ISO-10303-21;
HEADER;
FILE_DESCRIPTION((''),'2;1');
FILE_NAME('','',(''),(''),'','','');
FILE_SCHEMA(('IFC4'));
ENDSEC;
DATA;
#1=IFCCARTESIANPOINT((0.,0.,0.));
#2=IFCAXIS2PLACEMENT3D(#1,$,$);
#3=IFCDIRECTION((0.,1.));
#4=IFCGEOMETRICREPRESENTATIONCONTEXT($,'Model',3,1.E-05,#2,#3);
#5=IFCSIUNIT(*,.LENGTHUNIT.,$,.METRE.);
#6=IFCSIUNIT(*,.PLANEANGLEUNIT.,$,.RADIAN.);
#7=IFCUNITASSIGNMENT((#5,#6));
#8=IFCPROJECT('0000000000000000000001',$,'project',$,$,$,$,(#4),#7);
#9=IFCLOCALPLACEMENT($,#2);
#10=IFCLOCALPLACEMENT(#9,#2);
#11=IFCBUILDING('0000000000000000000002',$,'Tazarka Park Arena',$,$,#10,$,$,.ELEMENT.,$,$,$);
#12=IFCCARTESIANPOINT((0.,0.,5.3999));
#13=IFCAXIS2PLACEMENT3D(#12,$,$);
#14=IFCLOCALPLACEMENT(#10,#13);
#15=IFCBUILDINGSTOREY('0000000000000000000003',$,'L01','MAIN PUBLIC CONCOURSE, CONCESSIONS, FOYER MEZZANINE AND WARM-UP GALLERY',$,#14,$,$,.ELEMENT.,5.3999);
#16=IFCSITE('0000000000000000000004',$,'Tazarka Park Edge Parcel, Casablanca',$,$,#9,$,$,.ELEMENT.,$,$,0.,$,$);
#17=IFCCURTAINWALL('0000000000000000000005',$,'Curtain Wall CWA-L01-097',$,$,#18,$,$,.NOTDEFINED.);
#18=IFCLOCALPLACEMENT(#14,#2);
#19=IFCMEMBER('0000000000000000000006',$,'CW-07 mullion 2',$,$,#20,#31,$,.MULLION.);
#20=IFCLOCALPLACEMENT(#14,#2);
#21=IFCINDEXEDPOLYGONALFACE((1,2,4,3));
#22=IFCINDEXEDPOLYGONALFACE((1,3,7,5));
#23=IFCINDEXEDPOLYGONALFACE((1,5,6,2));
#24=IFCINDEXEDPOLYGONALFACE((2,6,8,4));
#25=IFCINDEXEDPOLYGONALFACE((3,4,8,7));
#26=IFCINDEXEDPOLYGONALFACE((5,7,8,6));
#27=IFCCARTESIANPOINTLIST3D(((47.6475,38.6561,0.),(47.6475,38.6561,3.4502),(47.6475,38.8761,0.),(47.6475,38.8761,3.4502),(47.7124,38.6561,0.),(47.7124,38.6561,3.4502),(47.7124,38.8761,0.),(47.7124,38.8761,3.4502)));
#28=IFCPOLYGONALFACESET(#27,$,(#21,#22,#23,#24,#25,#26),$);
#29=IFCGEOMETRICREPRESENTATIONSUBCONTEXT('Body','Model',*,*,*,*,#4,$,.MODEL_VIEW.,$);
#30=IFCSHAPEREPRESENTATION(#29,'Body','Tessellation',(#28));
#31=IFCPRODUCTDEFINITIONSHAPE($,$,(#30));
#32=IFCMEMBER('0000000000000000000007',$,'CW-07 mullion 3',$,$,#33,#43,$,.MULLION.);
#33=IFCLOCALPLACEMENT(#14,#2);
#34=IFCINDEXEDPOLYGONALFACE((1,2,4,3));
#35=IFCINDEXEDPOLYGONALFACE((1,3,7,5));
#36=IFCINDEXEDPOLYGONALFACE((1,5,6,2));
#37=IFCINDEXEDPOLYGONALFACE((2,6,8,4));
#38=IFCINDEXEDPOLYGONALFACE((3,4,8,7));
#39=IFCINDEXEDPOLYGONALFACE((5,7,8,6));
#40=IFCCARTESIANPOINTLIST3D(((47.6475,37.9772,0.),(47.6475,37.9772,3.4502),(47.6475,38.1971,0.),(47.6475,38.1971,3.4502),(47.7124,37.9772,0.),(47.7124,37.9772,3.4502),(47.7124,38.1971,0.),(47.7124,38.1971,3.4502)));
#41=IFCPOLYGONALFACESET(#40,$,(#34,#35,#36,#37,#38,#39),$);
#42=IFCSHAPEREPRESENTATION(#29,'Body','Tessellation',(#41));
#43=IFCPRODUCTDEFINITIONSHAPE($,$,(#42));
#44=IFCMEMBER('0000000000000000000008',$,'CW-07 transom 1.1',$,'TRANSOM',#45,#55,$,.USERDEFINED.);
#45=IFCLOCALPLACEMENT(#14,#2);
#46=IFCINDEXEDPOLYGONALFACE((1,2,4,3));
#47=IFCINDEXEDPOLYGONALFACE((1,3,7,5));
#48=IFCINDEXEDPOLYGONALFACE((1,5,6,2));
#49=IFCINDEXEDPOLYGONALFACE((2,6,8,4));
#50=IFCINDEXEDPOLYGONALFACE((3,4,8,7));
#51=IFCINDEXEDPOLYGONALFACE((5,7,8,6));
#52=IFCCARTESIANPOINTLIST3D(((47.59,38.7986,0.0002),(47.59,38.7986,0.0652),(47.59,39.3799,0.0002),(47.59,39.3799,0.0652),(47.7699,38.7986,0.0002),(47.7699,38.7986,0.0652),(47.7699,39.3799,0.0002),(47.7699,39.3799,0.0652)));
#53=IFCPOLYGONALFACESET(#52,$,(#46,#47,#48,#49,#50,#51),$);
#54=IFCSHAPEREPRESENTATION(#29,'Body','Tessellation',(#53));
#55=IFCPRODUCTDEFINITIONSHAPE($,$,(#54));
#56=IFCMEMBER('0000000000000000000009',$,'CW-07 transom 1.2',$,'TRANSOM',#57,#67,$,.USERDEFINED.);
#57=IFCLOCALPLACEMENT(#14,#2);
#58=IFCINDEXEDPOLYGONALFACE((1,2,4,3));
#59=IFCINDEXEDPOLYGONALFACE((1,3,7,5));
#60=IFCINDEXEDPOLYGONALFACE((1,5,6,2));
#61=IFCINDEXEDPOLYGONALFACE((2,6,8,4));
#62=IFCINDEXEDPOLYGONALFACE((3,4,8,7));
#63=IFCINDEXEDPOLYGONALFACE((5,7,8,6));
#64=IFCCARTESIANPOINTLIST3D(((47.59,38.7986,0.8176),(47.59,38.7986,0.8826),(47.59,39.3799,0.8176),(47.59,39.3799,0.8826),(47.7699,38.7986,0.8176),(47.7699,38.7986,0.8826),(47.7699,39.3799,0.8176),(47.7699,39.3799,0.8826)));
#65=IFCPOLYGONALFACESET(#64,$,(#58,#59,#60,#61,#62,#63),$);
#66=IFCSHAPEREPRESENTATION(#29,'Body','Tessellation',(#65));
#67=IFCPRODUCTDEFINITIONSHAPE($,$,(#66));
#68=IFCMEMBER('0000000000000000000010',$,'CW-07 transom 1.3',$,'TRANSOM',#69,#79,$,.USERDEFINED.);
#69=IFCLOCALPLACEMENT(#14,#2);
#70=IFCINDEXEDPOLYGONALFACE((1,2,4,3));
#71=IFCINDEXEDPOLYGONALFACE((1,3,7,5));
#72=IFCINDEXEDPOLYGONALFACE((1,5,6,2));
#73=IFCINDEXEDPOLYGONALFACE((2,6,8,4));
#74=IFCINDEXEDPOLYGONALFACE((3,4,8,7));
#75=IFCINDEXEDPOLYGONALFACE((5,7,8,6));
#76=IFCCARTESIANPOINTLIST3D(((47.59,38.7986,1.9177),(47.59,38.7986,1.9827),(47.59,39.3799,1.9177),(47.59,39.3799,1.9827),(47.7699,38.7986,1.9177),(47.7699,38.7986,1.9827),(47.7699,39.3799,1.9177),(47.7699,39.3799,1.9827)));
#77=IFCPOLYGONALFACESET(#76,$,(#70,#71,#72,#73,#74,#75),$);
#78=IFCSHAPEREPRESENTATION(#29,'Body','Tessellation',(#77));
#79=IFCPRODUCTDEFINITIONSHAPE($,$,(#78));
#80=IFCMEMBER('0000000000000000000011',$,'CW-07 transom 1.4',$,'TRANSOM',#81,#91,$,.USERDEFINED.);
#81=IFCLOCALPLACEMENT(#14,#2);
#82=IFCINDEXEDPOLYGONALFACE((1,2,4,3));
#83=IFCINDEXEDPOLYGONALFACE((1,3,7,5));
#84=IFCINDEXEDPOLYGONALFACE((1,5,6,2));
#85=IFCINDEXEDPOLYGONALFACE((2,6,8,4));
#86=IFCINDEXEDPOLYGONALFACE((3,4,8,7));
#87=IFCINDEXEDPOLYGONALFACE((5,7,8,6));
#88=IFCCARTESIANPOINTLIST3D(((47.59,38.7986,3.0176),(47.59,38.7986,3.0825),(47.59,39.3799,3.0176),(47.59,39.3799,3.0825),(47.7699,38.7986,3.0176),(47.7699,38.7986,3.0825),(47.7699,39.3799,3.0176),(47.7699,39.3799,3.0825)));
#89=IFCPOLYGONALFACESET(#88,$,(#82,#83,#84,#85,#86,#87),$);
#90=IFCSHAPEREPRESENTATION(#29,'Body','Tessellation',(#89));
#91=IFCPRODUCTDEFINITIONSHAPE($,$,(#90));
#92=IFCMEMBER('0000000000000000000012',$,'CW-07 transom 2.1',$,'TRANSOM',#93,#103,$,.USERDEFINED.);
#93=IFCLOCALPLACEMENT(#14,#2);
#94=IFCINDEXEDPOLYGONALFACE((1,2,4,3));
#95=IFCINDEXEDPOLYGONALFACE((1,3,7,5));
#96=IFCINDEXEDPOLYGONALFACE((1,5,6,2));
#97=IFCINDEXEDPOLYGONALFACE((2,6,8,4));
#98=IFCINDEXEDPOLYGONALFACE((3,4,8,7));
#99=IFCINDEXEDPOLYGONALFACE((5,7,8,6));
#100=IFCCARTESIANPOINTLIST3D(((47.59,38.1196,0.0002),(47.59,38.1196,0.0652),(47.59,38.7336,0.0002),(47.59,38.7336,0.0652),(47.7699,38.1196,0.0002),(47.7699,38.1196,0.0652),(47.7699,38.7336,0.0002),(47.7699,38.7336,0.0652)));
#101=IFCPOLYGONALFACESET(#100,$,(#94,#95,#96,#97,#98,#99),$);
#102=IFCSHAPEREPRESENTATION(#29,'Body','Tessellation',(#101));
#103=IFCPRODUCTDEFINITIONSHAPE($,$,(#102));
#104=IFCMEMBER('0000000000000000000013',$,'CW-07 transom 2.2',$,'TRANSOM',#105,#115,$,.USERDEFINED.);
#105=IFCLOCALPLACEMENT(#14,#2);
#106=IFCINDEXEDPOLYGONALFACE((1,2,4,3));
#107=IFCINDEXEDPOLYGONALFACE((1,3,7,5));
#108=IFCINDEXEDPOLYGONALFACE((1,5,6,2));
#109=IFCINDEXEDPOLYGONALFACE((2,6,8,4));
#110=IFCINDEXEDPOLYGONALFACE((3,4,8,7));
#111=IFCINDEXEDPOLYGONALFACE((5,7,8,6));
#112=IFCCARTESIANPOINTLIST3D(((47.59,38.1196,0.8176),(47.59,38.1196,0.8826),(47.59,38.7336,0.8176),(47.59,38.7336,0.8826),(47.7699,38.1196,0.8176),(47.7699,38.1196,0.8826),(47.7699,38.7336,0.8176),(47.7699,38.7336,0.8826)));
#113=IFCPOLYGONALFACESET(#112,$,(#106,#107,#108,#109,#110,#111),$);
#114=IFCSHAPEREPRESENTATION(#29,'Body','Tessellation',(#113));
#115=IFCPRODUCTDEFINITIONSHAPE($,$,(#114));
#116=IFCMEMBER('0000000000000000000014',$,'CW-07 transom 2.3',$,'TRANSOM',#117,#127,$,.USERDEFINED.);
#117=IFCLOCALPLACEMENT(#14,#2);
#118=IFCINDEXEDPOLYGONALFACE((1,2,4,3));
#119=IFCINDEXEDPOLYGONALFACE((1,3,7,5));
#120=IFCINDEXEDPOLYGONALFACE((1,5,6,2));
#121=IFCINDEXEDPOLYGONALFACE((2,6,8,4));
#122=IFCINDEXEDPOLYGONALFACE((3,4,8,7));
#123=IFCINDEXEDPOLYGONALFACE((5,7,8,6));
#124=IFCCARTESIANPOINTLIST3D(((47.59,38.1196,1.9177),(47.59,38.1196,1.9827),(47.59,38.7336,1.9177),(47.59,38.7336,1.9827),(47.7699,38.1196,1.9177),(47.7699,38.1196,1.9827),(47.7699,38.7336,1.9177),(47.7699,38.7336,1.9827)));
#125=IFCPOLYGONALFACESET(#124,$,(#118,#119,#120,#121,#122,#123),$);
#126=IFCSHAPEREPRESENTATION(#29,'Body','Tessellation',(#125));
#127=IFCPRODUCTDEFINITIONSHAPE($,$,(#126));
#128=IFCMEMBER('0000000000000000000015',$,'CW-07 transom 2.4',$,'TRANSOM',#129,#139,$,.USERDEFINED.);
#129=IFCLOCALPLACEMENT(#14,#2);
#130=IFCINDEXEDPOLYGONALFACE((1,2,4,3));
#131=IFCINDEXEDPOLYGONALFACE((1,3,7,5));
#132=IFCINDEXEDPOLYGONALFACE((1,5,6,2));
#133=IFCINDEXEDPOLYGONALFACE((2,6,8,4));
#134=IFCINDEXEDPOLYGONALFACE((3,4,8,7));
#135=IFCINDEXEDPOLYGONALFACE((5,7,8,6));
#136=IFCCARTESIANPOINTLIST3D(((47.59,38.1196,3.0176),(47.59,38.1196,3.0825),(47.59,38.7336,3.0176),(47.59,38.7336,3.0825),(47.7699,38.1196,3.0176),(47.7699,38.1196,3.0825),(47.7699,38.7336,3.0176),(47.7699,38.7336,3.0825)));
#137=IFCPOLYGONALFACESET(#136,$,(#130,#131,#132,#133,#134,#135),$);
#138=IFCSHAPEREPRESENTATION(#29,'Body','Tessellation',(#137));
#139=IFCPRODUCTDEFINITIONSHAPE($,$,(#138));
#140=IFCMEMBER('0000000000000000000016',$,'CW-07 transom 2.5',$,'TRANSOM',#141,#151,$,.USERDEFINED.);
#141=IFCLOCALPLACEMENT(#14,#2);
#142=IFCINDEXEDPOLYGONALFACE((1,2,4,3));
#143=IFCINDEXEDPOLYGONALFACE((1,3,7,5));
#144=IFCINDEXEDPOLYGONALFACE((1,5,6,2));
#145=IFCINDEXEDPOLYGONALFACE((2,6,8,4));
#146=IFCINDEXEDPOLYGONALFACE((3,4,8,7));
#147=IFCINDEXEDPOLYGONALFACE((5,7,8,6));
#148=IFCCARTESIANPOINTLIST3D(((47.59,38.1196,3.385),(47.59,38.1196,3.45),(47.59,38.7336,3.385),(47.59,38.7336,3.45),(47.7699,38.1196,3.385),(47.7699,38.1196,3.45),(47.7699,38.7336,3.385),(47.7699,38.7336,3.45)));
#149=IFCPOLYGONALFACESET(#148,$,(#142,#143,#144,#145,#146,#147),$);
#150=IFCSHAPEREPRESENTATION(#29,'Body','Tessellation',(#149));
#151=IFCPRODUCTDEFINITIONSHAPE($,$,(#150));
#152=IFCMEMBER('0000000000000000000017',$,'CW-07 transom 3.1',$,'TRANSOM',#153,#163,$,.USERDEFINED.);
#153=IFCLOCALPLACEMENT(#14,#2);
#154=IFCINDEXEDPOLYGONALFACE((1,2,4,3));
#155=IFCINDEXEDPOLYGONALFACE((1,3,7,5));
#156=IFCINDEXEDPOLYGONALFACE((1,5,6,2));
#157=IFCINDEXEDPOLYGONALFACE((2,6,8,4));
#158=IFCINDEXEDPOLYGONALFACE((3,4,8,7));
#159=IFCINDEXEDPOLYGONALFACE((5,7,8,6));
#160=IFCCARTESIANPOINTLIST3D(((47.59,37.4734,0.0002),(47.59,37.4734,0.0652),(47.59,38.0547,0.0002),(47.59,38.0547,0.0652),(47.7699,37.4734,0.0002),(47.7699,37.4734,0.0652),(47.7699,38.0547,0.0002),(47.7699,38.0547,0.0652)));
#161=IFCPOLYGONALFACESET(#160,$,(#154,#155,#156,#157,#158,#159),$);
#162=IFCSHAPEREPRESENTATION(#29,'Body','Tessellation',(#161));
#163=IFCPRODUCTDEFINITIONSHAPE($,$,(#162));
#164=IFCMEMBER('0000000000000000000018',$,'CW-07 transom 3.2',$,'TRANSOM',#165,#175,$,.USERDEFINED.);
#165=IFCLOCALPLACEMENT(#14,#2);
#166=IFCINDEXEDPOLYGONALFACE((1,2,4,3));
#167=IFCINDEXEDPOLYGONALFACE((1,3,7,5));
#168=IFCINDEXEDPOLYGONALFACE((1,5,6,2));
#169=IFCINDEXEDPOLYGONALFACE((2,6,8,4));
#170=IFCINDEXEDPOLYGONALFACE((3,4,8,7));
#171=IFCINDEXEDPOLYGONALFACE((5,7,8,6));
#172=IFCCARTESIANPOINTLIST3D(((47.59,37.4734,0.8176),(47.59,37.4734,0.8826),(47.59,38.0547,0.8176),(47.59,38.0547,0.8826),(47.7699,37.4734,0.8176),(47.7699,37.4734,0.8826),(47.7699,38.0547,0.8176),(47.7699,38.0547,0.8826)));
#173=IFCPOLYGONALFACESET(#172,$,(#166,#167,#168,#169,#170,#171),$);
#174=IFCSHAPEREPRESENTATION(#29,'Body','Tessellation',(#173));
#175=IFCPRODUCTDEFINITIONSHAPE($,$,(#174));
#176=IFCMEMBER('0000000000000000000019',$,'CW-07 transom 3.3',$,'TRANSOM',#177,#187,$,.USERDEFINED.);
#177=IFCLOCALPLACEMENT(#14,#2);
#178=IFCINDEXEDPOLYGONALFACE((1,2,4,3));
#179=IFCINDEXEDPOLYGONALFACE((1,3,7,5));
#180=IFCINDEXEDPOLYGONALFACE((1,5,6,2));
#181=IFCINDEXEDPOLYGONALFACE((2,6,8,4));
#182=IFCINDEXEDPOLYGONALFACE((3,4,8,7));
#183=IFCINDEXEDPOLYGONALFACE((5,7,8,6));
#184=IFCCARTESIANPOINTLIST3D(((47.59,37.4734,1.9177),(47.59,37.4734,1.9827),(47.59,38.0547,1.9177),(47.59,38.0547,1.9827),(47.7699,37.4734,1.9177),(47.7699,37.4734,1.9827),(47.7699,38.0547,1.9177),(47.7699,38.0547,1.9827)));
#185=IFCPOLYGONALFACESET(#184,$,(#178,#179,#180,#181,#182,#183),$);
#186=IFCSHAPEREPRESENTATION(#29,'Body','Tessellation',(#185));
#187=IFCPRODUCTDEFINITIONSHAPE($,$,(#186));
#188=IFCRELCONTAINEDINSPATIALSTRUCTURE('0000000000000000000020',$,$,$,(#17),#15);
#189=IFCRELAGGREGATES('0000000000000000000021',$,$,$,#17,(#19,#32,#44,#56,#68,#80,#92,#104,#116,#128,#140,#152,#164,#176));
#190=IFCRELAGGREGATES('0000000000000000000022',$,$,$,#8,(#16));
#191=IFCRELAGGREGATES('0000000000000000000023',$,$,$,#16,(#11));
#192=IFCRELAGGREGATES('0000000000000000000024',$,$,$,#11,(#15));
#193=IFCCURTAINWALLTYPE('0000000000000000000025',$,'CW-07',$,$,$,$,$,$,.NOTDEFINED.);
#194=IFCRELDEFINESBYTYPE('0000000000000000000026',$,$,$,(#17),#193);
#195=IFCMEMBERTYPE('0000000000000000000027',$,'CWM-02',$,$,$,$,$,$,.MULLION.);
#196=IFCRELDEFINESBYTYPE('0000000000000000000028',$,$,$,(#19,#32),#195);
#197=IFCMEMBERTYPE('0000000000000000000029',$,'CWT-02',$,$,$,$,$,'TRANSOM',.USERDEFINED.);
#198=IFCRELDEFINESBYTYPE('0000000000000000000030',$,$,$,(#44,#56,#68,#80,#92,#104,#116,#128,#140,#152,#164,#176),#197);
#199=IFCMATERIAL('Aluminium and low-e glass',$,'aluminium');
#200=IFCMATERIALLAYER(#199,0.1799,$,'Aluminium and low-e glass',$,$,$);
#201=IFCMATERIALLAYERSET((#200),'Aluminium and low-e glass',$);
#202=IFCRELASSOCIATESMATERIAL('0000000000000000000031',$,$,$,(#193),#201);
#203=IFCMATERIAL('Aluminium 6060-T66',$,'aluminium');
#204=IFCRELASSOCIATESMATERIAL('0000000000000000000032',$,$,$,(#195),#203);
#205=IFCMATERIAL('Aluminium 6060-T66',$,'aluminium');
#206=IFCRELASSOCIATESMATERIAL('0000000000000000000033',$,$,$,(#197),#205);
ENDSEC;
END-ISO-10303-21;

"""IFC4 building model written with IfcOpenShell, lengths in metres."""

from ifc_helpers import new_model, si_unit, direction, frame, origin, origin_2d, place, context, subcontext, project, spatial, rectangle, extrude, material, layer, layer_set, material_profile, profile_set, type_object, element, aggregate, save


model = new_model("IFC4")

# Units and contexts
model_context = context("Model", 3, precision=1e-05, world=origin(), true_north=direction((0.0, 1.0)))
body_context = subcontext(model_context, "Body", "Model", "MODEL_VIEW")
ifc_project = project(units=[si_unit("LENGTHUNIT", "METRE"), si_unit("PLANEANGLEUNIT", "RADIAN")], contexts=[model_context])

# Site, building, storey
site_placement = place(None, origin())
site = spatial("IfcSite", under=ifc_project, at=site_placement, Name="Tazarka Park Edge Parcel, Casablanca", CompositionType="ELEMENT", RefElevation=0.0)
building_placement = place(site_placement, origin())
building = spatial("IfcBuilding", under=site, at=building_placement, Name="Tazarka Park Arena", CompositionType="ELEMENT")
storey_placement = place(building_placement, frame((0.0, 0.0, 5.3999)))
storey = spatial("IfcBuildingStorey", under=building, at=storey_placement, Name="L01", Description="MAIN PUBLIC CONCOURSE, CONCESSIONS, FOYER MEZZANINE AND WARM-UP GALLERY", CompositionType="ELEMENT", Elevation=5.3999)

# Curtain wall, members
ifc_material_1 = material(Name="Aluminium and low-e glass", Category="aluminium")
ifc_layer_1 = layer(ifc_material_1, 0.1799, Name="Aluminium and low-e glass")
ifc_layer_set_1 = layer_set([ifc_layer_1], Name="Aluminium and low-e glass")
curtain_wall_type = type_object("IfcCurtainWallType", Name="CW-07", PredefinedType="NOTDEFINED", material=ifc_layer_set_1)
curtain_wall_placement = place(storey_placement, origin())
curtain_wall = element("IfcCurtainWall", 1, at=curtain_wall_placement, inside=storey, type_object=curtain_wall_type, Name="Curtain Wall CWA-L01-097", PredefinedType="NOTDEFINED")
ifc_material_2 = material(Name="Aluminium 6060-T66", Category="aluminium")
ifc_material_profile_1 = material_profile(ifc_material_2, rectangle(XDim=0.0649, YDim=0.22, at=origin_2d()), Name="Aluminium 6060-T66")
ifc_profile_set_1 = profile_set([ifc_material_profile_1], Name="Aluminium 6060-T66")
member_type_1 = type_object("IfcMemberType", Name="CWM-02", PredefinedType="MULLION", material=ifc_profile_set_1)
member_1_placement = place(storey_placement, frame((47.6799, 38.7661, 0.0), z_axis=(0.0, 0.0, 1.0), x_axis=(1.0, 0.0, 0.0)))
member_1 = element("IfcMember", 2, at=member_1_placement, type_object=member_type_1, Name="CW-07 mullion 2", PredefinedType="MULLION", context=body_context, shape_type="SweptSolid", body=[
    extrude(rectangle(XDim=0.0649, YDim=0.22, at=origin_2d()), origin(), (0.0, 0.0, 1.0), 3.4502),
])
member_2_placement = place(storey_placement, frame((47.6799, 38.0872, 0.0), z_axis=(0.0, 0.0, 1.0), x_axis=(1.0, 0.0, 0.0)))
member_2 = element("IfcMember", 3, at=member_2_placement, type_object=member_type_1, Name="CW-07 mullion 3", PredefinedType="MULLION", context=body_context, shape_type="SweptSolid", body=[
    extrude(rectangle(XDim=0.0649, YDim=0.22, at=origin_2d()), origin(), (0.0, 0.0, 1.0), 3.4502),
])
ifc_material_3 = material(Name="Aluminium 6060-T66", Category="aluminium")
ifc_material_profile_2 = material_profile(ifc_material_3, rectangle(XDim=0.1799, YDim=0.0649, at=origin_2d()), Name="Aluminium 6060-T66")
ifc_profile_set_2 = profile_set([ifc_material_profile_2], Name="Aluminium 6060-T66")
member_type_2 = type_object("IfcMemberType", Name="CWT-02", ElementType="TRANSOM", PredefinedType="USERDEFINED", material=ifc_profile_set_2)
member_3_placement = place(storey_placement, frame((47.6799, 39.3799, 0.0327), z_axis=(0.0, -1.0, 0.0), x_axis=(1.0, 0.0, 0.0)))
member_3 = element("IfcMember", 4, at=member_3_placement, type_object=member_type_2, Name="CW-07 transom 1.1", ObjectType="TRANSOM", PredefinedType="USERDEFINED", context=body_context, shape_type="SweptSolid", body=[
    extrude(rectangle(XDim=0.1799, YDim=0.0649, at=origin_2d()), origin(), (0.0, 0.0, 1.0), 0.5813),
])
member_4_placement = place(storey_placement, frame((47.6799, 39.3799, 0.8501), z_axis=(0.0, -1.0, 0.0), x_axis=(1.0, 0.0, 0.0)))
member_4 = element("IfcMember", 5, at=member_4_placement, type_object=member_type_2, Name="CW-07 transom 1.2", ObjectType="TRANSOM", PredefinedType="USERDEFINED", context=body_context, shape_type="SweptSolid", body=[
    extrude(rectangle(XDim=0.1799, YDim=0.0649, at=origin_2d()), origin(), (0.0, 0.0, 1.0), 0.5813),
])
member_5_placement = place(storey_placement, frame((47.6799, 39.3799, 1.9502), z_axis=(0.0, -1.0, 0.0), x_axis=(1.0, 0.0, 0.0)))
member_5 = element("IfcMember", 6, at=member_5_placement, type_object=member_type_2, Name="CW-07 transom 1.3", ObjectType="TRANSOM", PredefinedType="USERDEFINED", context=body_context, shape_type="SweptSolid", body=[
    extrude(rectangle(XDim=0.1799, YDim=0.0649, at=origin_2d()), origin(), (0.0, 0.0, 1.0), 0.5813),
])
member_6_placement = place(storey_placement, frame((47.6799, 39.3799, 3.05), z_axis=(0.0, -1.0, 0.0), x_axis=(1.0, 0.0, 0.0)))
member_6 = element("IfcMember", 7, at=member_6_placement, type_object=member_type_2, Name="CW-07 transom 1.4", ObjectType="TRANSOM", PredefinedType="USERDEFINED", context=body_context, shape_type="SweptSolid", body=[
    extrude(rectangle(XDim=0.1799, YDim=0.0649, at=origin_2d()), origin(), (0.0, 0.0, 1.0), 0.5813),
])
member_7_placement = place(storey_placement, frame((47.6799, 38.7336, 0.0327), z_axis=(0.0, -1.0, 0.0), x_axis=(1.0, 0.0, 0.0)))
member_7 = element("IfcMember", 8, at=member_7_placement, type_object=member_type_2, Name="CW-07 transom 2.1", ObjectType="TRANSOM", PredefinedType="USERDEFINED", context=body_context, shape_type="SweptSolid", body=[
    extrude(rectangle(XDim=0.1799, YDim=0.0649, at=origin_2d()), origin(), (0.0, 0.0, 1.0), 0.614),
])
member_8_placement = place(storey_placement, frame((47.6799, 38.7336, 0.8501), z_axis=(0.0, -1.0, 0.0), x_axis=(1.0, 0.0, 0.0)))
member_8 = element("IfcMember", 9, at=member_8_placement, type_object=member_type_2, Name="CW-07 transom 2.2", ObjectType="TRANSOM", PredefinedType="USERDEFINED", context=body_context, shape_type="SweptSolid", body=[
    extrude(rectangle(XDim=0.1799, YDim=0.0649, at=origin_2d()), origin(), (0.0, 0.0, 1.0), 0.614),
])
member_9_placement = place(storey_placement, frame((47.6799, 38.7336, 1.9502), z_axis=(0.0, -1.0, 0.0), x_axis=(1.0, 0.0, 0.0)))
member_9 = element("IfcMember", 10, at=member_9_placement, type_object=member_type_2, Name="CW-07 transom 2.3", ObjectType="TRANSOM", PredefinedType="USERDEFINED", context=body_context, shape_type="SweptSolid", body=[
    extrude(rectangle(XDim=0.1799, YDim=0.0649, at=origin_2d()), origin(), (0.0, 0.0, 1.0), 0.614),
])
member_10_placement = place(storey_placement, frame((47.6799, 38.7336, 3.05), z_axis=(0.0, -1.0, 0.0), x_axis=(1.0, 0.0, 0.0)))
member_10 = element("IfcMember", 11, at=member_10_placement, type_object=member_type_2, Name="CW-07 transom 2.4", ObjectType="TRANSOM", PredefinedType="USERDEFINED", context=body_context, shape_type="SweptSolid", body=[
    extrude(rectangle(XDim=0.1799, YDim=0.0649, at=origin_2d()), origin(), (0.0, 0.0, 1.0), 0.614),
])
member_11_placement = place(storey_placement, frame((47.6799, 38.7336, 3.4175), z_axis=(0.0, -1.0, 0.0), x_axis=(1.0, 0.0, 0.0)))
member_11 = element("IfcMember", 12, at=member_11_placement, type_object=member_type_2, Name="CW-07 transom 2.5", ObjectType="TRANSOM", PredefinedType="USERDEFINED", context=body_context, shape_type="SweptSolid", body=[
    extrude(rectangle(XDim=0.1799, YDim=0.0649, at=origin_2d()), origin(), (0.0, 0.0, 1.0), 0.614),
])
member_12_placement = place(storey_placement, frame((47.6799, 38.0547, 0.0327), z_axis=(0.0, -1.0, 0.0), x_axis=(1.0, 0.0, 0.0)))
member_12 = element("IfcMember", 13, at=member_12_placement, type_object=member_type_2, Name="CW-07 transom 3.1", ObjectType="TRANSOM", PredefinedType="USERDEFINED", context=body_context, shape_type="SweptSolid", body=[
    extrude(rectangle(XDim=0.1799, YDim=0.0649, at=origin_2d()), origin(), (0.0, 0.0, 1.0), 0.5813),
])
member_13_placement = place(storey_placement, frame((47.6799, 38.0547, 0.8501), z_axis=(0.0, -1.0, 0.0), x_axis=(1.0, 0.0, 0.0)))
member_13 = element("IfcMember", 14, at=member_13_placement, type_object=member_type_2, Name="CW-07 transom 3.2", ObjectType="TRANSOM", PredefinedType="USERDEFINED", context=body_context, shape_type="SweptSolid", body=[
    extrude(rectangle(XDim=0.1799, YDim=0.0649, at=origin_2d()), origin(), (0.0, 0.0, 1.0), 0.5813),
])
member_14_placement = place(storey_placement, frame((47.6799, 38.0547, 1.9502), z_axis=(0.0, -1.0, 0.0), x_axis=(1.0, 0.0, 0.0)))
member_14 = element("IfcMember", 15, at=member_14_placement, type_object=member_type_2, Name="CW-07 transom 3.3", ObjectType="TRANSOM", PredefinedType="USERDEFINED", context=body_context, shape_type="SweptSolid", body=[
    extrude(rectangle(XDim=0.1799, YDim=0.0649, at=origin_2d()), origin(), (0.0, 0.0, 1.0), 0.5813),
])
aggregate(curtain_wall, [member_1, member_2, member_3, member_4, member_5, member_6, member_7, member_8, member_9, member_10, member_11, member_12, member_13, member_14])

save(model, "model.ifc")
